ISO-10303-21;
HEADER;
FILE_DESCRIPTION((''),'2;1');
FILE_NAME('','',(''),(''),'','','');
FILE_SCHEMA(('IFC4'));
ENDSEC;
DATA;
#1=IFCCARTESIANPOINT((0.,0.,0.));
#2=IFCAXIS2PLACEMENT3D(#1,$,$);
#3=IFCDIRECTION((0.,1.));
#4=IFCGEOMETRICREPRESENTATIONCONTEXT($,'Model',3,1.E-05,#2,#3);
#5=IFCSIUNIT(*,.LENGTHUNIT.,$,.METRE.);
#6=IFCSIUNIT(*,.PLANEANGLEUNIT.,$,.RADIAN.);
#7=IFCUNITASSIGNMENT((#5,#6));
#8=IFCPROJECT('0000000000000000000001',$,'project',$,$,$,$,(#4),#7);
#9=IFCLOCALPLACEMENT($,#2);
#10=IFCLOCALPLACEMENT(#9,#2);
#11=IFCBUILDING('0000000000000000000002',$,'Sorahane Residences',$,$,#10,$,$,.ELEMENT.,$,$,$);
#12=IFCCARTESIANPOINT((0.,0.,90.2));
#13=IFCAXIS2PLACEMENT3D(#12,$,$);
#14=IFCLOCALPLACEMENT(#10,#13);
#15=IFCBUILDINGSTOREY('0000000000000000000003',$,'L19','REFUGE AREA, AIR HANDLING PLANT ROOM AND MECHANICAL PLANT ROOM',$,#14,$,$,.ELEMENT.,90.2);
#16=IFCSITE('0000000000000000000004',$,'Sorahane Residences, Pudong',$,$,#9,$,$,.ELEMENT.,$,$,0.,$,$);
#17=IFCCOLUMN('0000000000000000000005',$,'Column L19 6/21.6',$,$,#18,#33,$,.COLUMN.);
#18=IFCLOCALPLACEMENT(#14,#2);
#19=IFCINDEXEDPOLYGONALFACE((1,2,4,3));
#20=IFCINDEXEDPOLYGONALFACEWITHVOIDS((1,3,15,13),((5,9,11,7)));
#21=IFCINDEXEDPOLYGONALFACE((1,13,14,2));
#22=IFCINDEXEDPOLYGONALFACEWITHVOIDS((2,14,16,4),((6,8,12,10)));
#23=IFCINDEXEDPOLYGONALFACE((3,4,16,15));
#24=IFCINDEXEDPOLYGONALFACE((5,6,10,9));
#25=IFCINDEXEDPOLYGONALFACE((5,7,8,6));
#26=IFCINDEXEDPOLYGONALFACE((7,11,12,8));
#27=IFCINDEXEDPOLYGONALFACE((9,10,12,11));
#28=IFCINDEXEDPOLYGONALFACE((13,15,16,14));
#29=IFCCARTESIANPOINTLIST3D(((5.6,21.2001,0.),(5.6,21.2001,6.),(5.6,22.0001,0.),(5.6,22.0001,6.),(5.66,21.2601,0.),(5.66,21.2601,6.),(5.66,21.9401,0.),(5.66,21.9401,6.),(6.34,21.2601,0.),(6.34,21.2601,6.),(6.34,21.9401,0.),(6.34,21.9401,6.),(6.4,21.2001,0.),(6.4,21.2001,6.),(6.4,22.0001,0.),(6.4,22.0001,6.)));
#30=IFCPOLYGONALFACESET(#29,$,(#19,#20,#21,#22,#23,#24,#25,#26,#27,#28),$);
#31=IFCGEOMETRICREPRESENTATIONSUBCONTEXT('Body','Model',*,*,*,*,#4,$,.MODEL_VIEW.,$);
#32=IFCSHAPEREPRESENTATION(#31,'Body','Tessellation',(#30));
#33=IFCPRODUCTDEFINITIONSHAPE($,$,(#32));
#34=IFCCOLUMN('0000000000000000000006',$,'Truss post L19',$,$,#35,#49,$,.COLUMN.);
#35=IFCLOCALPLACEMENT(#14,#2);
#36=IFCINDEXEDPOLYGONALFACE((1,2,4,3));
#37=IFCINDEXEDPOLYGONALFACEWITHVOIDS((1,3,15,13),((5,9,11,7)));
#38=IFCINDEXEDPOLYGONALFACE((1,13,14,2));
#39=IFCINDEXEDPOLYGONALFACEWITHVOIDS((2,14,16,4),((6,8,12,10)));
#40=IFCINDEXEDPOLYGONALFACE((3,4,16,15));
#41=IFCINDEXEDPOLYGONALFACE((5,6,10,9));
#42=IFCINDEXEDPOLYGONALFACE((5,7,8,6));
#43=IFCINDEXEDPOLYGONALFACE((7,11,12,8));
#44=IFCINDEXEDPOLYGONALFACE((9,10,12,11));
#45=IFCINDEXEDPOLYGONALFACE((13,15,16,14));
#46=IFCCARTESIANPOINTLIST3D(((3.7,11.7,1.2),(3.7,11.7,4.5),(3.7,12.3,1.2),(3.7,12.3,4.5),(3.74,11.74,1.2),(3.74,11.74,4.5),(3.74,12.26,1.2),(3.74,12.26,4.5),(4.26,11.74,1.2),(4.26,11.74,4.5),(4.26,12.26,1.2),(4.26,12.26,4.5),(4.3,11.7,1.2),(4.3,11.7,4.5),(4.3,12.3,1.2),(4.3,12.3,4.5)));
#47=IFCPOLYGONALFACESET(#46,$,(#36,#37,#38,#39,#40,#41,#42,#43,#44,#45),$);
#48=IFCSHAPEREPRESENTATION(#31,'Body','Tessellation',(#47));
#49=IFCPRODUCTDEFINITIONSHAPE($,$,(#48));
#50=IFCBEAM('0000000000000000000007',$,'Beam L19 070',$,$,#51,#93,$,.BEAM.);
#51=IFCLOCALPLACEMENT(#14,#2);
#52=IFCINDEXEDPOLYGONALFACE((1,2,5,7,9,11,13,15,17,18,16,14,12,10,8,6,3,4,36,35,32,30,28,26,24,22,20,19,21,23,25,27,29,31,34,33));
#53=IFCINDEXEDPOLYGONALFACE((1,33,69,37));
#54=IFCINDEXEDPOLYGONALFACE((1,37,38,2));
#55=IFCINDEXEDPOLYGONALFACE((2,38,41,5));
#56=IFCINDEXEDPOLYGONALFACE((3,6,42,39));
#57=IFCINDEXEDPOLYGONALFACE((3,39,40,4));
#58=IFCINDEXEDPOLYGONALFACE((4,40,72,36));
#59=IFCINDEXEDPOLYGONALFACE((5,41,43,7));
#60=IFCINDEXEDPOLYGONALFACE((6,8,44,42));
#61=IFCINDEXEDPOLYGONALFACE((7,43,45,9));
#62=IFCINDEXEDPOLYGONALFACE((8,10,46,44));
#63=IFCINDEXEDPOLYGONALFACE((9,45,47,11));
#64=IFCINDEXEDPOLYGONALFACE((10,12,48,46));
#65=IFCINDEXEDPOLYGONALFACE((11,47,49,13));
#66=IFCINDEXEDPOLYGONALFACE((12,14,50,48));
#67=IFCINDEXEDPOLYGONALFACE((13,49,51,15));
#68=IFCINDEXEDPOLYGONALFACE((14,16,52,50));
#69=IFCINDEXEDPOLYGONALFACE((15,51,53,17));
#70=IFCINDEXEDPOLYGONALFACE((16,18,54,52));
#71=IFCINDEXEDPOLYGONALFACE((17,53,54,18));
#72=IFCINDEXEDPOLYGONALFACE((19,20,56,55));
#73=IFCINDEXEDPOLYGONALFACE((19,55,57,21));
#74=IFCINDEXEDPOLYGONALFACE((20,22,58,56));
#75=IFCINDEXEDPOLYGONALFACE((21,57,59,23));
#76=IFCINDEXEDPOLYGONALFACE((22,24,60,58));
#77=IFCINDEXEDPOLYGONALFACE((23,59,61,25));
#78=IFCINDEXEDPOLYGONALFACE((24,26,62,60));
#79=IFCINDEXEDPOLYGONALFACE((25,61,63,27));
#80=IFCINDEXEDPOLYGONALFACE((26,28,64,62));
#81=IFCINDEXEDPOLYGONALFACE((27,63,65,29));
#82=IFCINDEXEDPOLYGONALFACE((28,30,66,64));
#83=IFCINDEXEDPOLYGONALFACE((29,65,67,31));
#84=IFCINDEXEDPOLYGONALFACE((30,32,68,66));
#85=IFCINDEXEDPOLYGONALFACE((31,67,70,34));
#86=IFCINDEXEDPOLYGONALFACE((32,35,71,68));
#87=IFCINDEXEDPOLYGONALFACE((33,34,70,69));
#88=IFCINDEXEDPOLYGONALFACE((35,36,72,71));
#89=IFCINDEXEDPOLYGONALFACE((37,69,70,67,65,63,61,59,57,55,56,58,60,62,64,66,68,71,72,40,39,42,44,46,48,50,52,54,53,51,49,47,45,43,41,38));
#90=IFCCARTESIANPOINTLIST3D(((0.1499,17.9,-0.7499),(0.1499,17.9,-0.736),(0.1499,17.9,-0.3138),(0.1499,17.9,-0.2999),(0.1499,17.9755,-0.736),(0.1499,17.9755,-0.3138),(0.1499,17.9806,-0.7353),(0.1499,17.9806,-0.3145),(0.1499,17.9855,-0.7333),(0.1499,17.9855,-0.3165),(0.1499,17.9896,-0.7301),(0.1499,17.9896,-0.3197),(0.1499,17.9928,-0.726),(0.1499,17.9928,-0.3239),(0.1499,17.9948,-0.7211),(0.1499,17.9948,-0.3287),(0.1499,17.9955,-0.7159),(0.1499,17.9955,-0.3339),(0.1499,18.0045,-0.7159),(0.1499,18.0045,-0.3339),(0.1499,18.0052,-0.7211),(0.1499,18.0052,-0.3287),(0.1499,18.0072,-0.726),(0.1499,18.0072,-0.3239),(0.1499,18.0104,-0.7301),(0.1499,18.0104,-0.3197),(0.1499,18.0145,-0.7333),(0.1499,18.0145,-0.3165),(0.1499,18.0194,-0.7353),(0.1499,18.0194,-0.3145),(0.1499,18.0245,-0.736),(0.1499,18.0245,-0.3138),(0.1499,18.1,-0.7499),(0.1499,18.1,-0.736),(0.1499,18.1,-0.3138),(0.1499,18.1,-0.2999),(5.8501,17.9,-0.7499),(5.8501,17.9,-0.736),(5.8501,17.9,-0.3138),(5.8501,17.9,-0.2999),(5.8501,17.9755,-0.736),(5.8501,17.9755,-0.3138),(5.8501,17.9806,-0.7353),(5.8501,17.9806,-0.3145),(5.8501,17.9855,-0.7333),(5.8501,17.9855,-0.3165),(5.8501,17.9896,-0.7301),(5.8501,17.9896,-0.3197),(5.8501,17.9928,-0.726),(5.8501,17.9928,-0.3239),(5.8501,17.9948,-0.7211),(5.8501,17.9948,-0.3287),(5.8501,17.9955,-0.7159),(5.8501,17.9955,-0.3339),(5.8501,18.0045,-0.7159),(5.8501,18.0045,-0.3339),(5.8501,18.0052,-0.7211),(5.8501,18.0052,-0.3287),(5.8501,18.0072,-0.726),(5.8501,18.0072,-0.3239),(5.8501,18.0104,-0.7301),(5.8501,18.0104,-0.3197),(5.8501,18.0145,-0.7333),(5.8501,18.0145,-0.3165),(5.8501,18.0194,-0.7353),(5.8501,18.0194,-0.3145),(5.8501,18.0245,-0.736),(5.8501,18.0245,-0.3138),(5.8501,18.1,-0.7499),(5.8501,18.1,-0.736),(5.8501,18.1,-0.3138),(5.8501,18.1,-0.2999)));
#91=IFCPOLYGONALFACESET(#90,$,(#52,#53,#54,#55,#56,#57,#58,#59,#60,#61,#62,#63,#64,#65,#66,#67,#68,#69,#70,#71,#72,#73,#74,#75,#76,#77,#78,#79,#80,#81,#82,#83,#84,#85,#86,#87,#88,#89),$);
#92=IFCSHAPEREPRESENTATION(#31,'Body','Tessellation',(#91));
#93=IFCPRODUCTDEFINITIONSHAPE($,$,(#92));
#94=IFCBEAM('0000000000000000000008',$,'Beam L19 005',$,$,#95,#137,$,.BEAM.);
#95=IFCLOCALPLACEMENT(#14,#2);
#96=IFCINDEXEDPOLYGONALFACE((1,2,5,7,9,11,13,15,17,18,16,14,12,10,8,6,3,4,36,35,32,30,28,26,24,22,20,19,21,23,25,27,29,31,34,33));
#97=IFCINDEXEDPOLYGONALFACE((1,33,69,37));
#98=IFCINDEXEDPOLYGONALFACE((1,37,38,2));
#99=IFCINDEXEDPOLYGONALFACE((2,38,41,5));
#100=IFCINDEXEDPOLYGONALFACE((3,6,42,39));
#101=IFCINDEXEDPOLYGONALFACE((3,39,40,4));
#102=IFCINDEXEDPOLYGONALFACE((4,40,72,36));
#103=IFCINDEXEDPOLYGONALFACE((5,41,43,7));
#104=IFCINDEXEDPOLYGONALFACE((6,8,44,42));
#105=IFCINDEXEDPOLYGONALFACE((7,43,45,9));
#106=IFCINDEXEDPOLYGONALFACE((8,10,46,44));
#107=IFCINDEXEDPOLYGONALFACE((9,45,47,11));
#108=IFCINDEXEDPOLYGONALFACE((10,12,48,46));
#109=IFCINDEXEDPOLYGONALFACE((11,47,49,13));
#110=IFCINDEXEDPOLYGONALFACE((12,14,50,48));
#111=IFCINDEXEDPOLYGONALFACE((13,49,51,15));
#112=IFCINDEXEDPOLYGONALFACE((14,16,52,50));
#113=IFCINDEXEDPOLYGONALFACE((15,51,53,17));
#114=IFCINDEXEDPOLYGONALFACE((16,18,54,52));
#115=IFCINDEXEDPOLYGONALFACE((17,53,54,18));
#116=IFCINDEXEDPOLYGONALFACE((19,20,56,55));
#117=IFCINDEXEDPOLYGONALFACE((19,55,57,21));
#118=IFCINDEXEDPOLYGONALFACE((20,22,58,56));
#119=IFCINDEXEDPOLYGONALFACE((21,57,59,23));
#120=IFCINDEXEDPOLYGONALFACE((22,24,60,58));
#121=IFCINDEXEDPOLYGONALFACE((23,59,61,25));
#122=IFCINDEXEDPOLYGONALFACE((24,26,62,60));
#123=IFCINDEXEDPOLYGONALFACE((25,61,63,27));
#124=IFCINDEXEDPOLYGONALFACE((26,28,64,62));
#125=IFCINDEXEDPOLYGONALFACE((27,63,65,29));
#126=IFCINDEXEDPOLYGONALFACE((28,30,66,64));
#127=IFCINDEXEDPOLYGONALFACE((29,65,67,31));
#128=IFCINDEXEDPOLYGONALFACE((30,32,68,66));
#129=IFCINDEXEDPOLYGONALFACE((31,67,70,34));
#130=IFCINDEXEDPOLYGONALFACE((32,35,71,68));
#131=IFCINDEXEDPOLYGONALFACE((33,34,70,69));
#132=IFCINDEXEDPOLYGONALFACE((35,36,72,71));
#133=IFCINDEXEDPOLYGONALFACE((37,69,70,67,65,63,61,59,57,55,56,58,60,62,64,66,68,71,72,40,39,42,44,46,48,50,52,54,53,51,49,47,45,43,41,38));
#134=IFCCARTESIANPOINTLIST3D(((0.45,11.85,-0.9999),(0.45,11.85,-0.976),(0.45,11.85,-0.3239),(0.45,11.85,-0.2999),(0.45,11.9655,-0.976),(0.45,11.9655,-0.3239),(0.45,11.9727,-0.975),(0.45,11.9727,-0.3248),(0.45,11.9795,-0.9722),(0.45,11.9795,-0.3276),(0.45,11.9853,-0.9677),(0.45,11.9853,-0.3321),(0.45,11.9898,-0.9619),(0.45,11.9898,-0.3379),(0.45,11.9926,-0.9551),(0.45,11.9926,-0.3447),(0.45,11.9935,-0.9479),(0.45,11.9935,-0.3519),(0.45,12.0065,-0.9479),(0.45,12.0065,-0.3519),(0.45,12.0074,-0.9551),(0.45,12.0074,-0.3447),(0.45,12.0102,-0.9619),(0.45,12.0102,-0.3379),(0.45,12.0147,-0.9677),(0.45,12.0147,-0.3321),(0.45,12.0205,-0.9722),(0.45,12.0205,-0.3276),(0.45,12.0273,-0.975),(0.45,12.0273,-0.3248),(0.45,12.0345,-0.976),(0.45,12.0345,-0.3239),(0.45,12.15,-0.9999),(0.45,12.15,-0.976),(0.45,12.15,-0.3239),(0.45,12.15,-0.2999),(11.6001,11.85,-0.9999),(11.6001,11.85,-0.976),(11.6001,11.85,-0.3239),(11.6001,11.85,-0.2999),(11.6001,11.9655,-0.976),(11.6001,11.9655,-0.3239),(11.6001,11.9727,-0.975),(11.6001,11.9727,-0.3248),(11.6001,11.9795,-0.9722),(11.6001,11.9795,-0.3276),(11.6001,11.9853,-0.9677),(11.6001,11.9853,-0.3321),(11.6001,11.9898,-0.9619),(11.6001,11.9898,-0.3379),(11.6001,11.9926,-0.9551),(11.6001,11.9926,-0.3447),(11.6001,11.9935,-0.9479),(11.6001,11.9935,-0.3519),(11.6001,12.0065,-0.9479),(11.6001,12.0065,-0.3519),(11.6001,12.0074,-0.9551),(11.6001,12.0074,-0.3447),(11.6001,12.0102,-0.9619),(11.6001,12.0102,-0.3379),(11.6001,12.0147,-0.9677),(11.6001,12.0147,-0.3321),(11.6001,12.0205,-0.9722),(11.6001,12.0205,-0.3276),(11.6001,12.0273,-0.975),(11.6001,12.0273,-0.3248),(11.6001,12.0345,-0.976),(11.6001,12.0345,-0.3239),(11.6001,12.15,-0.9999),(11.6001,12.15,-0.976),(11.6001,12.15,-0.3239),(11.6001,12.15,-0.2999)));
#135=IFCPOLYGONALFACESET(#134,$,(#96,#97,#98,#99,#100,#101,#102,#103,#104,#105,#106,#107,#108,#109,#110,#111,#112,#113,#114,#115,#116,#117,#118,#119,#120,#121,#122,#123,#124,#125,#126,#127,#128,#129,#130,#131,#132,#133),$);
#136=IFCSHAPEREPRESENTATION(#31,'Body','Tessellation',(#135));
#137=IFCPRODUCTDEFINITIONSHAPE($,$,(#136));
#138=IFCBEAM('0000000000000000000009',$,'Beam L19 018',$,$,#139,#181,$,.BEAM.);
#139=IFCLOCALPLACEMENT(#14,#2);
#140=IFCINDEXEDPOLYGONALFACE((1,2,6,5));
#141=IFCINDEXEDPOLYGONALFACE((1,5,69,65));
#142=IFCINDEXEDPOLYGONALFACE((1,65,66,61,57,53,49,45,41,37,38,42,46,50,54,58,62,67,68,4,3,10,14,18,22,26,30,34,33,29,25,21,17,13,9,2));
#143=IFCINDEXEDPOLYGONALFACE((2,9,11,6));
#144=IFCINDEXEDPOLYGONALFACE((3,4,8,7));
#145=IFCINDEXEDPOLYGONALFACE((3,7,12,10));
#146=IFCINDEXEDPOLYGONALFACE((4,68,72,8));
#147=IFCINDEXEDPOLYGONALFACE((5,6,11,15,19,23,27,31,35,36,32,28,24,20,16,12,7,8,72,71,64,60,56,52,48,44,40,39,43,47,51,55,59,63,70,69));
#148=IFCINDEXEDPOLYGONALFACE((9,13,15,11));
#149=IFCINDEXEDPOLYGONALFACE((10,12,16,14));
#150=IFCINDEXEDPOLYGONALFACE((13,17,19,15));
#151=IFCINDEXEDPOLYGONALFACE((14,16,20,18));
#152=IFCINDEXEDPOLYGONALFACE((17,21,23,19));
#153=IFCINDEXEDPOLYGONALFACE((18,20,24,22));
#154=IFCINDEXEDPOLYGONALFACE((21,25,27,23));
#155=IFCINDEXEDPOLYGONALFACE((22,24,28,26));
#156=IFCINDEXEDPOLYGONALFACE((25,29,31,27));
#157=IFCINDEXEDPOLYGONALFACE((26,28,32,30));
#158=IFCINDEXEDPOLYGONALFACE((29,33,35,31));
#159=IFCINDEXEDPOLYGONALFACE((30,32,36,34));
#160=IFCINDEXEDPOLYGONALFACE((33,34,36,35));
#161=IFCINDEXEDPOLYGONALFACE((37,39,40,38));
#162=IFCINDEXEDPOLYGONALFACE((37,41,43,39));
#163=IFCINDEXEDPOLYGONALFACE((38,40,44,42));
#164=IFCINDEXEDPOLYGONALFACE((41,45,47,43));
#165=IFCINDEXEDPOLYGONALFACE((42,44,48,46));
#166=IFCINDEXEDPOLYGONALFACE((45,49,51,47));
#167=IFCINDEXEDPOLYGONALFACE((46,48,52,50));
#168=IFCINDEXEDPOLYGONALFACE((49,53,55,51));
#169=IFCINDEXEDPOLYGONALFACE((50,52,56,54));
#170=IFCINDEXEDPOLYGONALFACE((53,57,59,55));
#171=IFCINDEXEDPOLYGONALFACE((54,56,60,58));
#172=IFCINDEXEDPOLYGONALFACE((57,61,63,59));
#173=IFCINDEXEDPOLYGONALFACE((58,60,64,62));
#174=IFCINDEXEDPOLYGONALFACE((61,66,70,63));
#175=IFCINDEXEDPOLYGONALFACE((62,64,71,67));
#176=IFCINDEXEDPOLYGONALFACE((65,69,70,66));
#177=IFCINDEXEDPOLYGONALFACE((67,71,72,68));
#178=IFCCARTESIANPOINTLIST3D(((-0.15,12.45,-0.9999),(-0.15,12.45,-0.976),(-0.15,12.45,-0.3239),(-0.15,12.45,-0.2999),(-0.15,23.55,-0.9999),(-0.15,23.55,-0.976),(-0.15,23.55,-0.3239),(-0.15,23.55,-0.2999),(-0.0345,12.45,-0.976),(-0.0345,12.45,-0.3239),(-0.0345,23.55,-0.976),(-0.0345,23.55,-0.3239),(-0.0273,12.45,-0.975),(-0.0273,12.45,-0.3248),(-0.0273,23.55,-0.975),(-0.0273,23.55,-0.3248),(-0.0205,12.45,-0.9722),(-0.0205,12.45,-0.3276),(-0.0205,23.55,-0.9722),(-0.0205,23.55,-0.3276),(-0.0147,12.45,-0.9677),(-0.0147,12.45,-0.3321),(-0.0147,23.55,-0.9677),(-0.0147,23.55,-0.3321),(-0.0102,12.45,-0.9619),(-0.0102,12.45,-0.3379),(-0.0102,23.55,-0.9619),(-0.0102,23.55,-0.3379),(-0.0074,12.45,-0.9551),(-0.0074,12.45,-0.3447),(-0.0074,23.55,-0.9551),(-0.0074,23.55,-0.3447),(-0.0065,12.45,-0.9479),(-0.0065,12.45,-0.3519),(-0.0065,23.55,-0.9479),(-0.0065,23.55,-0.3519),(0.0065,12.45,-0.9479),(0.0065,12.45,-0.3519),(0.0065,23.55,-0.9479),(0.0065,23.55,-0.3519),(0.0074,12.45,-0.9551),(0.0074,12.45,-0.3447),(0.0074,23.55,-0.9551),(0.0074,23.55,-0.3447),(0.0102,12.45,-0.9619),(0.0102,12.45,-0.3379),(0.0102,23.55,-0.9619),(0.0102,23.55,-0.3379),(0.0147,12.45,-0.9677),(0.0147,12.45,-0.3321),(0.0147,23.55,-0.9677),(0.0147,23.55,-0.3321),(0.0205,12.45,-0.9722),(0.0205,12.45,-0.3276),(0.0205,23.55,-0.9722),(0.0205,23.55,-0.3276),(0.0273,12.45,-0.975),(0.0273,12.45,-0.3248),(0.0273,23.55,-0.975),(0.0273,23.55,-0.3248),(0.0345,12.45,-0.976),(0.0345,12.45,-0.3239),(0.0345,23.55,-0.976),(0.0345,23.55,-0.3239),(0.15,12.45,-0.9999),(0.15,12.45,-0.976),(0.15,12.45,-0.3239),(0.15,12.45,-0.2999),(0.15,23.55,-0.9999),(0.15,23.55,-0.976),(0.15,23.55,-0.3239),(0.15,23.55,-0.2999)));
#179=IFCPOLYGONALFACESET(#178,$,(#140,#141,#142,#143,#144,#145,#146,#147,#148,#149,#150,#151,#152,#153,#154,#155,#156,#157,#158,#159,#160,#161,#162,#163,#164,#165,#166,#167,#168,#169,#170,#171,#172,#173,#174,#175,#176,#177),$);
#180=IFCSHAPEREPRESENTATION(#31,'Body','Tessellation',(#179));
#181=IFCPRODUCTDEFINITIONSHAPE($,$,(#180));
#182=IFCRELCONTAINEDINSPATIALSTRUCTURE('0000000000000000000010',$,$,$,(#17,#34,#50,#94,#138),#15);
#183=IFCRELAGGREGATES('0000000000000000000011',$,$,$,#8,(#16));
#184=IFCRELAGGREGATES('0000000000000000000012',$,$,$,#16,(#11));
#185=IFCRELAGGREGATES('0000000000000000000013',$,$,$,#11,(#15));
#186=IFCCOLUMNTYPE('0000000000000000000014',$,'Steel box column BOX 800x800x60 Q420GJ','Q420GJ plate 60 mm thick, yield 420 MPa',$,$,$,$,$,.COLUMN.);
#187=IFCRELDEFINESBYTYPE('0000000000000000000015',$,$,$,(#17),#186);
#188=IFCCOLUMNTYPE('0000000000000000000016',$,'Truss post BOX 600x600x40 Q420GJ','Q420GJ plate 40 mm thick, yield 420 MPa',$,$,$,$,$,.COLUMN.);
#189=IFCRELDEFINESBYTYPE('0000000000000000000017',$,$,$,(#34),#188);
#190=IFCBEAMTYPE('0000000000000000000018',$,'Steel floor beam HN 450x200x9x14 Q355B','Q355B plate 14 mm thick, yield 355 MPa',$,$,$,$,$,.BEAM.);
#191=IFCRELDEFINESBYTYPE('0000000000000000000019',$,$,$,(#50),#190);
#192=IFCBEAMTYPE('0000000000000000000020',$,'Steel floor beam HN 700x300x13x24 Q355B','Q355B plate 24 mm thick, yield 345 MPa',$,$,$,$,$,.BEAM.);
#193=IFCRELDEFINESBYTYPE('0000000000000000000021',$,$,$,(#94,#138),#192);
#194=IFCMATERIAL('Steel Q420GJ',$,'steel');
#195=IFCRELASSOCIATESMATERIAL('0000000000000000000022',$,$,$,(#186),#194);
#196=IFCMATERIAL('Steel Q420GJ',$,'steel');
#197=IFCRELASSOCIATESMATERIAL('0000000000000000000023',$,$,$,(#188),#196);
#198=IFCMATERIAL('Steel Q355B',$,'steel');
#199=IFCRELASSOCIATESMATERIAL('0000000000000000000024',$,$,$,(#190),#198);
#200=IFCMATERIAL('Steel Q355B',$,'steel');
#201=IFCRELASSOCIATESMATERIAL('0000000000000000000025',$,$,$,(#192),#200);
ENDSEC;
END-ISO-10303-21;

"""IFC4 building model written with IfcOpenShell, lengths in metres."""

from ifc_helpers import new_model, si_unit, direction, frame, origin, origin_2d, place, context, subcontext, project, spatial, hollow_rectangle, i_section, extrude, material, material_profile, profile_set, type_object, element, save


model = new_model("IFC4")

# Units and contexts
model_context = context("Model", 3, precision=1e-05, world=origin(), true_north=direction((0.0, 1.0)))
body_context = subcontext(model_context, "Body", "Model", "MODEL_VIEW")
ifc_project = project(units=[si_unit("LENGTHUNIT", "METRE"), si_unit("PLANEANGLEUNIT", "RADIAN")], contexts=[model_context])

# Site, building, storey
site_placement = place(None, origin())
site = spatial("IfcSite", under=ifc_project, at=site_placement, Name="Sorahane Residences, Pudong", CompositionType="ELEMENT", RefElevation=0.0)
building_placement = place(site_placement, origin())
building = spatial("IfcBuilding", under=site, at=building_placement, Name="Sorahane Residences", CompositionType="ELEMENT")
storey_placement = place(building_placement, frame((0.0, 0.0, 90.2)))
storey = spatial("IfcBuildingStorey", under=building, at=storey_placement, Name="L19", Description="REFUGE AREA, AIR HANDLING PLANT ROOM AND MECHANICAL PLANT ROOM", CompositionType="ELEMENT", Elevation=90.2)

# Columns
ifc_material_1 = material(Name="Steel Q420GJ", Category="steel")
ifc_material_profile_1 = material_profile(ifc_material_1, hollow_rectangle(XDim=0.8, YDim=0.8, WallThickness=0.0601, at=origin_2d()), Name="BOX 800x800x60")
ifc_profile_set_1 = profile_set([ifc_material_profile_1], Name="Steel Q420GJ")
column_type_1 = type_object("IfcColumnType", Name="Steel box column BOX 800x800x60 Q420GJ", Description="Q420GJ plate 60 mm thick, yield 420 MPa", PredefinedType="COLUMN", material=ifc_profile_set_1)
column_1_placement = place(storey_placement, frame((6.0, 21.6001, 0.0), z_axis=(0.0, 0.0, 1.0), x_axis=(1.0, 0.0, 0.0)))
element("IfcColumn", 1, at=column_1_placement, inside=storey, type_object=column_type_1, Name="Column L19 6/21.6", PredefinedType="COLUMN", context=body_context, shape_type="SweptSolid", body=[
    extrude(hollow_rectangle(XDim=0.8, YDim=0.8, WallThickness=0.0601, at=origin_2d()), origin(), (0.0, 0.0, 1.0), 6.0),
])
ifc_material_2 = material(Name="Steel Q420GJ", Category="steel")
ifc_material_profile_2 = material_profile(ifc_material_2, hollow_rectangle(XDim=0.6001, YDim=0.6001, WallThickness=0.04, at=origin_2d()), Name="BOX 600x600x40")
ifc_profile_set_2 = profile_set([ifc_material_profile_2], Name="Steel Q420GJ")
column_type_2 = type_object("IfcColumnType", Name="Truss post BOX 600x600x40 Q420GJ", Description="Q420GJ plate 40 mm thick, yield 420 MPa", PredefinedType="COLUMN", material=ifc_profile_set_2)
column_2_placement = place(storey_placement, frame((4.0, 12.0, 1.2), z_axis=(0.0, 0.0, 1.0), x_axis=(1.0, 0.0, 0.0)))
element("IfcColumn", 2, at=column_2_placement, inside=storey, type_object=column_type_2, Name="Truss post L19", PredefinedType="COLUMN", context=body_context, shape_type="SweptSolid", body=[
    extrude(hollow_rectangle(XDim=0.6001, YDim=0.6001, WallThickness=0.04, at=origin_2d()), origin(), (0.0, 0.0, 1.0), 3.3),
])

# Beams
ifc_material_3 = material(Name="Steel Q355B", Category="steel")
ifc_material_profile_3 = material_profile(ifc_material_3, i_section(OverallWidth=0.2, OverallDepth=0.45, WebThickness=0.009, FlangeThickness=0.0139, FilletRadius=0.02, at=origin_2d()), Name="HN 450x200x9x14")
ifc_profile_set_3 = profile_set([ifc_material_profile_3], Name="Steel Q355B")
beam_type_1 = type_object("IfcBeamType", Name="Steel floor beam HN 450x200x9x14 Q355B", Description="Q355B plate 14 mm thick, yield 355 MPa", PredefinedType="BEAM", material=ifc_profile_set_3)
beam_1_placement = place(storey_placement, frame((0.1499, 18.0, -0.5249), z_axis=(1.0, 0.0, 0.0), x_axis=(0.0, 1.0, 0.0)))
element("IfcBeam", 3, at=beam_1_placement, inside=storey, type_object=beam_type_1, Name="Beam L19 070", PredefinedType="BEAM", context=body_context, shape_type="SweptSolid", body=[
    extrude(i_section(OverallWidth=0.2, OverallDepth=0.45, WebThickness=0.009, FlangeThickness=0.0139, FilletRadius=0.02, at=origin_2d()), origin(), (0.0, 0.0, 1.0), 5.7002),
])
ifc_material_4 = material(Name="Steel Q355B", Category="steel")
ifc_material_profile_4 = material_profile(ifc_material_4, i_section(OverallWidth=0.3, OverallDepth=0.7, WebThickness=0.0129, FlangeThickness=0.0239, FilletRadius=0.0281, at=origin_2d()), Name="HN 700x300x13x24")
ifc_profile_set_4 = profile_set([ifc_material_profile_4], Name="Steel Q355B")
beam_type_2 = type_object("IfcBeamType", Name="Steel floor beam HN 700x300x13x24 Q355B", Description="Q355B plate 24 mm thick, yield 345 MPa", PredefinedType="BEAM", material=ifc_profile_set_4)
beam_2_placement = place(storey_placement, frame((0.45, 12.0, -0.6499), z_axis=(1.0, 0.0, 0.0), x_axis=(0.0, 1.0, 0.0)))
element("IfcBeam", 4, at=beam_2_placement, inside=storey, type_object=beam_type_2, Name="Beam L19 005", PredefinedType="BEAM", context=body_context, shape_type="SweptSolid", body=[
    extrude(i_section(OverallWidth=0.3, OverallDepth=0.7, WebThickness=0.0129, FlangeThickness=0.0239, FilletRadius=0.0281, at=origin_2d()), origin(), (0.0, 0.0, 1.0), 11.1501),
])
beam_3_placement = place(storey_placement, frame((0.0, 12.45, -0.6499), z_axis=(0.0, 1.0, 0.0), x_axis=(-1.0, 0.0, 0.0)))
element("IfcBeam", 5, at=beam_3_placement, inside=storey, type_object=beam_type_2, Name="Beam L19 018", PredefinedType="BEAM", context=body_context, shape_type="SweptSolid", body=[
    extrude(i_section(OverallWidth=0.3, OverallDepth=0.7, WebThickness=0.0129, FlangeThickness=0.0239, FilletRadius=0.0281, at=origin_2d()), origin(), (0.0, 0.0, 1.0), 11.1001),
])

save(model, "model.ifc")
